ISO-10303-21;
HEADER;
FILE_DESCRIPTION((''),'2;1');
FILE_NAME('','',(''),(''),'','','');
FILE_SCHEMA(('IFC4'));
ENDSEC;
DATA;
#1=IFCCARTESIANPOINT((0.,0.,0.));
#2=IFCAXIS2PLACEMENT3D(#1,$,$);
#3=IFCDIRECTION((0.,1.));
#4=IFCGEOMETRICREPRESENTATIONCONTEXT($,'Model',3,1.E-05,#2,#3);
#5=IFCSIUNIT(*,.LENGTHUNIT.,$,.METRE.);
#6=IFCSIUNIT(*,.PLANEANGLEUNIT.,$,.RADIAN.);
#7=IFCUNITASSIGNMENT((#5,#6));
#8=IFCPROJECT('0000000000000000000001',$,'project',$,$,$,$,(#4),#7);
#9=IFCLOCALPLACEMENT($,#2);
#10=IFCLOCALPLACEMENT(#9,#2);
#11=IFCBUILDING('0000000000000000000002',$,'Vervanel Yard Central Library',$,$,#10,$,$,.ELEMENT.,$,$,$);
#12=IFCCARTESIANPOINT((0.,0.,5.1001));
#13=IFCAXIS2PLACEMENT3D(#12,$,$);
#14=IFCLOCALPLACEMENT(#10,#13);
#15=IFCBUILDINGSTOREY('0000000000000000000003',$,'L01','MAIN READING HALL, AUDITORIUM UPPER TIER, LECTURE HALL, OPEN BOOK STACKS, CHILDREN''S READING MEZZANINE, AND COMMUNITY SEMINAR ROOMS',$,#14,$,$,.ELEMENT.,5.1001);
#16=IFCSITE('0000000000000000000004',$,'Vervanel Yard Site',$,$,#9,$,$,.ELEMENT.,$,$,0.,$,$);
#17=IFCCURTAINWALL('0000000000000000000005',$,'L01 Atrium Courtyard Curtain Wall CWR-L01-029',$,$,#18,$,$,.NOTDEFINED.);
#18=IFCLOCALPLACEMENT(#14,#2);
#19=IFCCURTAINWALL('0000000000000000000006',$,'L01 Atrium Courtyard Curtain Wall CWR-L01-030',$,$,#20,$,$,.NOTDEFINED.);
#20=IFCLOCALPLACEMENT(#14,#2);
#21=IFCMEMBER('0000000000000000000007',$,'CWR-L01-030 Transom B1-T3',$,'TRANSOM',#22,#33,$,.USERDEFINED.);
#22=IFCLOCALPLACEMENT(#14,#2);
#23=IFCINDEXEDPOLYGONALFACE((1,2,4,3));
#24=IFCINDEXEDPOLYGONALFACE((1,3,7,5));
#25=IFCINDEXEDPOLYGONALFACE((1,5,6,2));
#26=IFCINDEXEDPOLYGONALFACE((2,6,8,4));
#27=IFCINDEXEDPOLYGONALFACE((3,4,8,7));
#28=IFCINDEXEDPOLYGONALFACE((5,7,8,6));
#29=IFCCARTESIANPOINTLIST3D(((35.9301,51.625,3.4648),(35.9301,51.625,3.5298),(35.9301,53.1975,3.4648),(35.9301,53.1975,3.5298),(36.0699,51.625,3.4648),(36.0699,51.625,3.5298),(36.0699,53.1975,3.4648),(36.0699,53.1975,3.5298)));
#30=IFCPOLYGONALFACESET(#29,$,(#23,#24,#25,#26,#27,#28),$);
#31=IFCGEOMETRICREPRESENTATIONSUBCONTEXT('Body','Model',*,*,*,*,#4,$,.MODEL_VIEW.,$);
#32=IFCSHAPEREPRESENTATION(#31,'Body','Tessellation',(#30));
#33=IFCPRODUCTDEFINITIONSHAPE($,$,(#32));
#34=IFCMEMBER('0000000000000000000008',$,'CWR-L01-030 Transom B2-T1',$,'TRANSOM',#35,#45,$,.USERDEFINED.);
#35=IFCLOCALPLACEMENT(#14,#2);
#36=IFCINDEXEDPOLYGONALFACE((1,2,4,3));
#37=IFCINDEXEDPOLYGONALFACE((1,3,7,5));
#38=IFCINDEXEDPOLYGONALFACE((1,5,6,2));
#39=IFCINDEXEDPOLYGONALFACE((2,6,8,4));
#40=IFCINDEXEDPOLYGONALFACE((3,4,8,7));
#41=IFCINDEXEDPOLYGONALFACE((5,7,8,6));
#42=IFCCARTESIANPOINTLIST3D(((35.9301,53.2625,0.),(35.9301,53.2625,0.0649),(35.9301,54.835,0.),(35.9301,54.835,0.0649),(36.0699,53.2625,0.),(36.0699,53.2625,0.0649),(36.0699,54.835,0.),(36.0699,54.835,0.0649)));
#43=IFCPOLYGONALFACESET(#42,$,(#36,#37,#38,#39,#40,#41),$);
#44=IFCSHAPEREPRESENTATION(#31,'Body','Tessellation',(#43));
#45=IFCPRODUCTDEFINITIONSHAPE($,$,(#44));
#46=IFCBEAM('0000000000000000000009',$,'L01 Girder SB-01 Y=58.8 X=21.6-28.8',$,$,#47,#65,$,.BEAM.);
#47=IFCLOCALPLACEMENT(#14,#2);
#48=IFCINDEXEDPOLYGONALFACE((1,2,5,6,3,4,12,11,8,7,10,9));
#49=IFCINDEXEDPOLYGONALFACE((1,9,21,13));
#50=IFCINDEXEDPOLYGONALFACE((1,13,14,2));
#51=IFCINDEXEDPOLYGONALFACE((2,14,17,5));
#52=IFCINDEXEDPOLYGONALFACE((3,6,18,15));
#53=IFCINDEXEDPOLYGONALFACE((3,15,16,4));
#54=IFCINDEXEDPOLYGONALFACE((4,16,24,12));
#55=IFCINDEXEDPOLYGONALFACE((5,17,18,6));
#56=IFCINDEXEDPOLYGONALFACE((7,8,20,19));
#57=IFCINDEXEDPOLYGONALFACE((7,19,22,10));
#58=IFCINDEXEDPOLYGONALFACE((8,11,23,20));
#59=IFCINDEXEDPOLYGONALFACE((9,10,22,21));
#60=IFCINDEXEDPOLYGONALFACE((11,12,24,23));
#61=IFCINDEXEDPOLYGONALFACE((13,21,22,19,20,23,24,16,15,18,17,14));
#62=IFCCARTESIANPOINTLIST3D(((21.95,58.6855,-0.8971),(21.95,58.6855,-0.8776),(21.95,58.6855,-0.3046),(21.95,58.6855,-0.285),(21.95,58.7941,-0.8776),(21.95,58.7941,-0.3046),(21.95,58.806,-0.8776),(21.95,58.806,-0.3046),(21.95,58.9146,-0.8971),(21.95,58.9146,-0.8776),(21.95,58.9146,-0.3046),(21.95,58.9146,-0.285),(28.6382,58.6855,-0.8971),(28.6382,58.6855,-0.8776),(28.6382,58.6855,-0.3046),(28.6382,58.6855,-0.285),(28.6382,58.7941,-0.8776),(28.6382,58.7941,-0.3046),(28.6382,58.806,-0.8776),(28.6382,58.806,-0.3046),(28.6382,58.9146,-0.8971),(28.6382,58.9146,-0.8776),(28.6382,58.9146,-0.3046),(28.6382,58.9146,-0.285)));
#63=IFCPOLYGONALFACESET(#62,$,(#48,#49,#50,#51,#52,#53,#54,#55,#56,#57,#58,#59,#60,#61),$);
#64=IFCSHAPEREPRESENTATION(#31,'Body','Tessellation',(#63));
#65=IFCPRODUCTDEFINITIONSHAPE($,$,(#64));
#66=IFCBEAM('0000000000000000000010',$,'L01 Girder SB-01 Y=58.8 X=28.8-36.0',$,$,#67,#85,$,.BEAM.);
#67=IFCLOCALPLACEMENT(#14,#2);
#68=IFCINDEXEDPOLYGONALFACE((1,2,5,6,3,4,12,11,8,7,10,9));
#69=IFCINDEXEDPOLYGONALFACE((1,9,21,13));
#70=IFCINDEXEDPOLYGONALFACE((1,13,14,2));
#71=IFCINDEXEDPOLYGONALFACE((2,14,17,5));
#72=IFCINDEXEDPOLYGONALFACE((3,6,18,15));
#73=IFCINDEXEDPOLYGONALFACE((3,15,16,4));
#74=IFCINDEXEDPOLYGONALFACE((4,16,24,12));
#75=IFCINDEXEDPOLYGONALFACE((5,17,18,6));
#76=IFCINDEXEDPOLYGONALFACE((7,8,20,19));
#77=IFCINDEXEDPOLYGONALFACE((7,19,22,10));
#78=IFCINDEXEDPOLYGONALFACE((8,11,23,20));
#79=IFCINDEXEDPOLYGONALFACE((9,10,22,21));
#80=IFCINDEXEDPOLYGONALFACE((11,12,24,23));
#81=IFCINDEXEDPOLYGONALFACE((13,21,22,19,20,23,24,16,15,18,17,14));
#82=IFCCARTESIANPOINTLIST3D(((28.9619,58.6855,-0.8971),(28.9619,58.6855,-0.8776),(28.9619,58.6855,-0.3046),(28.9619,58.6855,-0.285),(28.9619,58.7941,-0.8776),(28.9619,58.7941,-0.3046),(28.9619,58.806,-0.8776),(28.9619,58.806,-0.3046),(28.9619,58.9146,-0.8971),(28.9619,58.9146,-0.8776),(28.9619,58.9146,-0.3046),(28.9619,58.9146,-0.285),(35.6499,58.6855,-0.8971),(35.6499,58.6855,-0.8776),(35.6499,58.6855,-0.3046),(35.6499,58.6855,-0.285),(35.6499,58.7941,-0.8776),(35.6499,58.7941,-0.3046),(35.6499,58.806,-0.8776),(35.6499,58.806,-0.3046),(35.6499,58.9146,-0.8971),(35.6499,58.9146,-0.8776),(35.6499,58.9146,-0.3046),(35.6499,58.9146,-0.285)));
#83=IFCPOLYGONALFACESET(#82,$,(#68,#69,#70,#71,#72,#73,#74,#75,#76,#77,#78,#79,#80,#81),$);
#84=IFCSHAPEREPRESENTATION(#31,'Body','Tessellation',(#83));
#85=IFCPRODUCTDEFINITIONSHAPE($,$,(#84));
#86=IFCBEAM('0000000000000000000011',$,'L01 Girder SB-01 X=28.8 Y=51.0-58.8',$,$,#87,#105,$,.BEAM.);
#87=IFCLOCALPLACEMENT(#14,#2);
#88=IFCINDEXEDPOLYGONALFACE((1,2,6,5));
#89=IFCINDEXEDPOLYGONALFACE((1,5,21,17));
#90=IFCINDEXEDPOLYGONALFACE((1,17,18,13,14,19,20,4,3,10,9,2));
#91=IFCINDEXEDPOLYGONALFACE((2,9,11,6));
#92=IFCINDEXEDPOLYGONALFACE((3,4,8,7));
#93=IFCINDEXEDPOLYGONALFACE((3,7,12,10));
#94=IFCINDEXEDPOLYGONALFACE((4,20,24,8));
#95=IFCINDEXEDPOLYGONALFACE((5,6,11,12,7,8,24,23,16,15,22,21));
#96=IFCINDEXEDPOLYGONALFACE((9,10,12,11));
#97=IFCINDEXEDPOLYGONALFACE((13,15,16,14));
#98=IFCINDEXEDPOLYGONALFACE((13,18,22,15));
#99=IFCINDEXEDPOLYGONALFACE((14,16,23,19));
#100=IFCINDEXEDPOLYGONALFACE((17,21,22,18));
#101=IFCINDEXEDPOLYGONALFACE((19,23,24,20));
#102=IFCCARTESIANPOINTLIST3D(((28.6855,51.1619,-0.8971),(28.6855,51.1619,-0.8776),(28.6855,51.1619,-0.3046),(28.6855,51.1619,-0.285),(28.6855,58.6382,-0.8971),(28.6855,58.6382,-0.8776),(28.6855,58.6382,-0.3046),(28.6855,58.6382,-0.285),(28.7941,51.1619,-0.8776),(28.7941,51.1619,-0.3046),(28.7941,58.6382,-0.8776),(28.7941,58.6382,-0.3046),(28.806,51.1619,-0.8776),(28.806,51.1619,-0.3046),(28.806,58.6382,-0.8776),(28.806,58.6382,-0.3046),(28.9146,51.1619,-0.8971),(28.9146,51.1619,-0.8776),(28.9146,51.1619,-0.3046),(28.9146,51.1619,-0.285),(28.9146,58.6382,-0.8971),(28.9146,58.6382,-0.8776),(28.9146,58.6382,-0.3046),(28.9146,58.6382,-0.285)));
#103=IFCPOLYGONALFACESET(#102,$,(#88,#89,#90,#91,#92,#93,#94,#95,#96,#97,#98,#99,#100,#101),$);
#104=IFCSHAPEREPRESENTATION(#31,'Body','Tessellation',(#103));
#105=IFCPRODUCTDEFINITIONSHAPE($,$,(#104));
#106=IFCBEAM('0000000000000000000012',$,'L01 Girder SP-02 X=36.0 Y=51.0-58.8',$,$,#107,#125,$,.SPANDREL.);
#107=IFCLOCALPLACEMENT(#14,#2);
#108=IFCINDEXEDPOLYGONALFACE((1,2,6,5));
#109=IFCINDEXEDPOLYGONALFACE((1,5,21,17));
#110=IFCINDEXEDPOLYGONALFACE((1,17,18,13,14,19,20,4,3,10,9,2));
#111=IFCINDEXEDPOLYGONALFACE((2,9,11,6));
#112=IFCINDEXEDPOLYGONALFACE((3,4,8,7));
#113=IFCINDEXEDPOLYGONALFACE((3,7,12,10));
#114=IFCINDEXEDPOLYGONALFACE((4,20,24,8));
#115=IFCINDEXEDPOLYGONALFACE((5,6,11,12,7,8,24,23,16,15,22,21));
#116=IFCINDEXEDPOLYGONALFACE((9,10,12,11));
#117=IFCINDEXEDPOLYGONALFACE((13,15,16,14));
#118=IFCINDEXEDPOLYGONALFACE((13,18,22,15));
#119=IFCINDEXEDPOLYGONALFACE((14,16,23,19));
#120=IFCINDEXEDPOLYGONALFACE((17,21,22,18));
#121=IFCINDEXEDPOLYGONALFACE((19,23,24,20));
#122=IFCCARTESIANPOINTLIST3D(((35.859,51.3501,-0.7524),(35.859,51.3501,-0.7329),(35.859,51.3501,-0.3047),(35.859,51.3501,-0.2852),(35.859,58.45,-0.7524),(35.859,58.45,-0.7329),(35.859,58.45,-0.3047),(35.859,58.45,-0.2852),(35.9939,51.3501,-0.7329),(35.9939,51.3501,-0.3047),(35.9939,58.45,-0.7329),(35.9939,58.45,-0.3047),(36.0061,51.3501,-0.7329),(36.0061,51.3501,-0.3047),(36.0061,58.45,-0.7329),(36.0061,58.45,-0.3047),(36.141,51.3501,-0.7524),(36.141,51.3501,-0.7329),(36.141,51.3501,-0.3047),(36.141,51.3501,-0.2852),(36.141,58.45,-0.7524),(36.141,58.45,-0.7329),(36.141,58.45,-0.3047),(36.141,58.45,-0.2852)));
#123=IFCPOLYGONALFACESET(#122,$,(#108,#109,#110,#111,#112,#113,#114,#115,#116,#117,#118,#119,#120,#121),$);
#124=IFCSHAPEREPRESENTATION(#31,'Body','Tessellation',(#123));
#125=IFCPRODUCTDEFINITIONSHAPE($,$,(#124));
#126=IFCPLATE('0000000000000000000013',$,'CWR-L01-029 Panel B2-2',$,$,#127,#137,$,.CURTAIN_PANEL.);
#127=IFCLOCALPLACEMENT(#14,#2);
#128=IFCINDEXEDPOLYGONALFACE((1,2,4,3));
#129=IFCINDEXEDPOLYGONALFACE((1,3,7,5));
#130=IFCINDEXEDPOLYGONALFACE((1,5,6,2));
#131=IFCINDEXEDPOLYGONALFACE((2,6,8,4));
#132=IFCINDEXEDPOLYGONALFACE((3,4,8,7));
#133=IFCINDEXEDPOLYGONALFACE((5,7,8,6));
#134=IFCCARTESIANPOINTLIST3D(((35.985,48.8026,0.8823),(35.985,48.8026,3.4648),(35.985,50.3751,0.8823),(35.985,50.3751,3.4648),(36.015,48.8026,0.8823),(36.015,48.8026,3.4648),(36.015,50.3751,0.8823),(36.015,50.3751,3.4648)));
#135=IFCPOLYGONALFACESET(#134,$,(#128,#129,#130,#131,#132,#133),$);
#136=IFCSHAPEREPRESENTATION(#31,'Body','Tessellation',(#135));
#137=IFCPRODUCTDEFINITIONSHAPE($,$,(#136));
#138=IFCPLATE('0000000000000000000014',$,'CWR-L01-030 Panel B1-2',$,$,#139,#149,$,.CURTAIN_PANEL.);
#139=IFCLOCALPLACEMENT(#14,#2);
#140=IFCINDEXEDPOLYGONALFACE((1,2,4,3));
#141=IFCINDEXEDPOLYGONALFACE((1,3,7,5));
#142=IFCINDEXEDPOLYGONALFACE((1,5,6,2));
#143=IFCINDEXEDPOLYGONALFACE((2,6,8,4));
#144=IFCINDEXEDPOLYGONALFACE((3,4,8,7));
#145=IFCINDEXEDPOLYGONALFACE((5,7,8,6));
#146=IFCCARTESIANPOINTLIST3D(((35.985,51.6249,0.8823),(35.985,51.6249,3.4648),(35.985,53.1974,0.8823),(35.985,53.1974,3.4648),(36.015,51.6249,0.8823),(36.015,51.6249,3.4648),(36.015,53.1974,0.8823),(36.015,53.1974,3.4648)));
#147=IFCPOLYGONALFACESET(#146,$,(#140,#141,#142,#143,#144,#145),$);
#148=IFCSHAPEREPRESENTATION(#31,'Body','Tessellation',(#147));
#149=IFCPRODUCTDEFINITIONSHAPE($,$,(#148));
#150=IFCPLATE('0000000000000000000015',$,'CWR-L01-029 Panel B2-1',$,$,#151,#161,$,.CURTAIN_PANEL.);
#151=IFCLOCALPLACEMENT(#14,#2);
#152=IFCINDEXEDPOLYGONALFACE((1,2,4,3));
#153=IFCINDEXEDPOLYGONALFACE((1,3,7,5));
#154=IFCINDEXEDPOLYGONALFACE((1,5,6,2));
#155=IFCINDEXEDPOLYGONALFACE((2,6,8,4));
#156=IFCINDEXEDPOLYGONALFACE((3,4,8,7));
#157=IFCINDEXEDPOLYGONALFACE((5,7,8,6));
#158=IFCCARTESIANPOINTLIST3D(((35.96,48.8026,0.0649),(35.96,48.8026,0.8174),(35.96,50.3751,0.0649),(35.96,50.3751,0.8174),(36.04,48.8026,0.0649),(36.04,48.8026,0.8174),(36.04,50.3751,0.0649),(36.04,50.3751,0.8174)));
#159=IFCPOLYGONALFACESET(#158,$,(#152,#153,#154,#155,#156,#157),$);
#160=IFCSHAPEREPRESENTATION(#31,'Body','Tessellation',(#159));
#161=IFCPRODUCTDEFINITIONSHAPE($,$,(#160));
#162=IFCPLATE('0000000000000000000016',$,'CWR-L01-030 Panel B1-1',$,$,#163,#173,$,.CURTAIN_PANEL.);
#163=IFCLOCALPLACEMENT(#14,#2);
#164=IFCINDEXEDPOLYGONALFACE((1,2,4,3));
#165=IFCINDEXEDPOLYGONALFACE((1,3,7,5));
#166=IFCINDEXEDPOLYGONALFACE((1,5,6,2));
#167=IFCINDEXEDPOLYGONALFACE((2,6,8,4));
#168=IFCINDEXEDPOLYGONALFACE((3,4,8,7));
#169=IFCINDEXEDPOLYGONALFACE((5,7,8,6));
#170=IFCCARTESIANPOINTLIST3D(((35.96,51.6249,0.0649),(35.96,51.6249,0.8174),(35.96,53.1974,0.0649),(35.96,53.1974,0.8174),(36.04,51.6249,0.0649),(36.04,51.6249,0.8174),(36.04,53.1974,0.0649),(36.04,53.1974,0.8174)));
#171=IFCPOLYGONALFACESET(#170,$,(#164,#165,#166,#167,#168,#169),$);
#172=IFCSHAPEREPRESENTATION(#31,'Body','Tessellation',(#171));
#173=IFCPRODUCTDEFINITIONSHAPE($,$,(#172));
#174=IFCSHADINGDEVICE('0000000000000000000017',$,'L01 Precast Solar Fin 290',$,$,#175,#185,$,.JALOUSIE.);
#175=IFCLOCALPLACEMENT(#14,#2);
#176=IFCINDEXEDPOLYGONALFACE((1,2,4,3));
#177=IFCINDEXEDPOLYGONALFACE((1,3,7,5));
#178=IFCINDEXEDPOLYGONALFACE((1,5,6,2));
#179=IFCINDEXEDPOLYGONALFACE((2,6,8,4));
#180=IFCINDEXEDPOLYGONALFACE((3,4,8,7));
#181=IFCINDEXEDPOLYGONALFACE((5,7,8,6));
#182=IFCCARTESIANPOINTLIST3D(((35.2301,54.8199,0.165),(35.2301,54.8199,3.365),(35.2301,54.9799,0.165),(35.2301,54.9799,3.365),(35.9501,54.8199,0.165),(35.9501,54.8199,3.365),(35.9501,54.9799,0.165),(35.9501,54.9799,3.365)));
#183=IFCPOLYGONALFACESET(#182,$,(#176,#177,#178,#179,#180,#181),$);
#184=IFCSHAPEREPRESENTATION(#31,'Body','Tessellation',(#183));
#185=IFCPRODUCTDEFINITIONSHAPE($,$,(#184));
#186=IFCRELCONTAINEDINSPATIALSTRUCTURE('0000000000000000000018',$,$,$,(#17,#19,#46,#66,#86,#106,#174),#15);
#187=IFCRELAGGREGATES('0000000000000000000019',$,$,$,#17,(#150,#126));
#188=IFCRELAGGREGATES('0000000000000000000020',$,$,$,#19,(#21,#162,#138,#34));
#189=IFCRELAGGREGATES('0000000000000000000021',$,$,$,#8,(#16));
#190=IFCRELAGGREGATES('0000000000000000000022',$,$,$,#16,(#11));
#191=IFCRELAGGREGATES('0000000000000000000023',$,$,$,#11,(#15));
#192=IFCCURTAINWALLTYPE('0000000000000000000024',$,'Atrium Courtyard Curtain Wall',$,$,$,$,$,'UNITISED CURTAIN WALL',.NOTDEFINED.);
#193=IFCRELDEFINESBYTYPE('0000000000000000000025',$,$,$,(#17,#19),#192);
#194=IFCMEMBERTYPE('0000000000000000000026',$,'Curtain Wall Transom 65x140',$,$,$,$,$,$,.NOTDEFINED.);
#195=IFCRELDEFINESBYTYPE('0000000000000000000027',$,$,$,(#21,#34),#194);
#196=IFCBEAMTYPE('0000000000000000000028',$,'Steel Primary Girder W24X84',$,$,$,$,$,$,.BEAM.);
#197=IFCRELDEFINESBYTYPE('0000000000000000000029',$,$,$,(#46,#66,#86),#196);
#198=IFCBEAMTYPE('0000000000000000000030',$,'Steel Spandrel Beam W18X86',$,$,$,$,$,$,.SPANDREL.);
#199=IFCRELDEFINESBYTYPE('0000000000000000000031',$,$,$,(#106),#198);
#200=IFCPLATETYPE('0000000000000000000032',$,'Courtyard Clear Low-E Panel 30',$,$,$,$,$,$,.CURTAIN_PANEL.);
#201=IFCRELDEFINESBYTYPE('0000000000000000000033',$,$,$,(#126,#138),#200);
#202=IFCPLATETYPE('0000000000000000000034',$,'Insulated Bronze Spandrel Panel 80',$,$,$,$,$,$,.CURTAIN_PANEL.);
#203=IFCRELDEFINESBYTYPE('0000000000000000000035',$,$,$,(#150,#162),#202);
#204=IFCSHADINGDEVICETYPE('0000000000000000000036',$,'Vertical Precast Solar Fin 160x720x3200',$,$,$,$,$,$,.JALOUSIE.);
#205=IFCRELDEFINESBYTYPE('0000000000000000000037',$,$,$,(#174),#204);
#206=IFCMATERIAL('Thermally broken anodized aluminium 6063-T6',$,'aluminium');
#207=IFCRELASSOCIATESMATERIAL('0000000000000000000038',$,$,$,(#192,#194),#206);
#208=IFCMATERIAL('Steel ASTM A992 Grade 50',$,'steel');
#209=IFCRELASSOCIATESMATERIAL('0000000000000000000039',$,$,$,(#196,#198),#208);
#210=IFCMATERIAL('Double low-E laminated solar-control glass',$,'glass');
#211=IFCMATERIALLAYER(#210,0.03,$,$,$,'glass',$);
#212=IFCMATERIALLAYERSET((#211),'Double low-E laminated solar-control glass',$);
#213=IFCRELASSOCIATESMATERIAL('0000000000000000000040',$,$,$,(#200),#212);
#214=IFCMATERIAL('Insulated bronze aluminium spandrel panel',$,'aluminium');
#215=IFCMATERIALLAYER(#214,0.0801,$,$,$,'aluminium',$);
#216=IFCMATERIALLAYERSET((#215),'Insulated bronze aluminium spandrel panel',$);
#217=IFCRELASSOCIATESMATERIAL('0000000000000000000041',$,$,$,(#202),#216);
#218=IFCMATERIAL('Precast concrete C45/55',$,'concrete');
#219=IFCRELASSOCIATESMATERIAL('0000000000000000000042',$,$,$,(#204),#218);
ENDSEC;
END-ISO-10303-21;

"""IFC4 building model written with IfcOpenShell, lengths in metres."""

from ifc_helpers import new_model, si_unit, direction, frame, origin, origin_2d, place, context, subcontext, project, spatial, rectangle, i_section, extrude, material, layer, layer_set, material_profile, profile_set, type_object, element, aggregate, save


model = new_model("IFC4")

# Units and contexts
model_context = context("Model", 3, precision=1e-05, world=origin(), true_north=direction((0.0, 1.0)))
body_context = subcontext(model_context, "Body", "Model", "MODEL_VIEW")
ifc_project = project(units=[si_unit("LENGTHUNIT", "METRE"), si_unit("PLANEANGLEUNIT", "RADIAN")], contexts=[model_context])

# Site, building, storey
site_placement = place(None, origin())
site = spatial("IfcSite", under=ifc_project, at=site_placement, Name="Vervanel Yard Site", CompositionType="ELEMENT", RefElevation=0.0)
building_placement = place(site_placement, origin())
building = spatial("IfcBuilding", under=site, at=building_placement, Name="Vervanel Yard Central Library", CompositionType="ELEMENT")
storey_placement = place(building_placement, frame((0.0, 0.0, 5.1001)))
storey = spatial("IfcBuildingStorey", under=building, at=storey_placement, Name="L01", Description="MAIN READING HALL, AUDITORIUM UPPER TIER, LECTURE HALL, OPEN BOOK STACKS, CHILDREN'S READING MEZZANINE, AND COMMUNITY SEMINAR ROOMS", CompositionType="ELEMENT", Elevation=5.1001)

# Curtain wall
ifc_material_1 = material(Name="Thermally broken anodized aluminium 6063-T6", Category="aluminium")
curtain_wall_type = type_object("IfcCurtainWallType", Name="Atrium Courtyard Curtain Wall", ElementType="UNITISED CURTAIN WALL", PredefinedType="NOTDEFINED", material=ifc_material_1)
curtain_wall_1_placement = place(storey_placement, origin())
curtain_wall_1 = element("IfcCurtainWall", 1, at=curtain_wall_1_placement, inside=storey, type_object=curtain_wall_type, Name="L01 Atrium Courtyard Curtain Wall CWR-L01-029", PredefinedType="NOTDEFINED")

# Curtain wall, members
curtain_wall_2_placement = place(storey_placement, origin())
curtain_wall_2 = element("IfcCurtainWall", 2, at=curtain_wall_2_placement, inside=storey, type_object=curtain_wall_type, Name="L01 Atrium Courtyard Curtain Wall CWR-L01-030", PredefinedType="NOTDEFINED")
ifc_material_profile_1 = material_profile(ifc_material_1, rectangle(XDim=0.0649, YDim=0.1399, at=origin_2d()), Name="ALU 65x140", Category="aluminium")
ifc_profile_set_1 = profile_set([ifc_material_profile_1], Name="Thermally broken anodized aluminium 6063-T6")
member_type_1 = type_object("IfcMemberType", Name="Curtain Wall Transom 65x140", PredefinedType="NOTDEFINED", material=ifc_profile_set_1)
member_1_placement = place(storey_placement, frame((36.0, 51.625, 3.4973), z_axis=(0.0, 1.0, 0.0), x_axis=(0.0, 0.0, 1.0)))
member_1 = element("IfcMember", 3, at=member_1_placement, type_object=member_type_1, Name="CWR-L01-030 Transom B1-T3", ObjectType="TRANSOM", PredefinedType="USERDEFINED", context=body_context, shape_type="SweptSolid", body=[
    extrude(rectangle(XDim=0.0649, YDim=0.1399, at=origin_2d()), origin(), (0.0, 0.0, 1.0), 1.5725),
])
member_2_placement = place(storey_placement, frame((36.0, 53.2625, 0.0325), z_axis=(0.0, 1.0, 0.0), x_axis=(0.0, 0.0, 1.0)))
member_2 = element("IfcMember", 4, at=member_2_placement, type_object=member_type_1, Name="CWR-L01-030 Transom B2-T1", ObjectType="TRANSOM", PredefinedType="USERDEFINED", context=body_context, shape_type="SweptSolid", body=[
    extrude(rectangle(XDim=0.0649, YDim=0.1399, at=origin_2d()), origin(), (0.0, 0.0, 1.0), 1.5725),
])

# Beams
ifc_material_2 = material(Name="Steel ASTM A992 Grade 50", Category="steel")
ifc_material_profile_2 = material_profile(ifc_material_2, i_section(OverallWidth=0.229, OverallDepth=0.6121, WebThickness=0.012, FlangeThickness=0.0195, at=origin_2d()), Name="W24X84", Category="steel")
ifc_profile_set_2 = profile_set([ifc_material_profile_2], Name="Steel ASTM A992 Grade 50")
beam_type_1 = type_object("IfcBeamType", Name="Steel Primary Girder W24X84", PredefinedType="BEAM", material=ifc_profile_set_2)
beam_1_placement = place(storey_placement, frame((21.95, 58.8, -0.5911), z_axis=(1.0, 0.0, 0.0), x_axis=(0.0, 1.0, 0.0)))
element("IfcBeam", 5, at=beam_1_placement, inside=storey, type_object=beam_type_1, Name="L01 Girder SB-01 Y=58.8 X=21.6-28.8", PredefinedType="BEAM", context=body_context, shape_type="SweptSolid", body=[
    extrude(i_section(OverallWidth=0.229, OverallDepth=0.6121, WebThickness=0.012, FlangeThickness=0.0195, at=origin_2d()), origin(), (0.0, 0.0, 1.0), 6.6882),
])
beam_2_placement = place(storey_placement, frame((28.9619, 58.8, -0.5911), z_axis=(1.0, 0.0, 0.0), x_axis=(0.0, 1.0, 0.0)))
element("IfcBeam", 6, at=beam_2_placement, inside=storey, type_object=beam_type_1, Name="L01 Girder SB-01 Y=58.8 X=28.8-36.0", PredefinedType="BEAM", context=body_context, shape_type="SweptSolid", body=[
    extrude(i_section(OverallWidth=0.229, OverallDepth=0.6121, WebThickness=0.012, FlangeThickness=0.0195, at=origin_2d()), origin(), (0.0, 0.0, 1.0), 6.688),
])
beam_3_placement = place(storey_placement, frame((28.8, 51.1619, -0.5911), z_axis=(0.0, 1.0, 0.0), x_axis=(-1.0, 0.0, 0.0)))
element("IfcBeam", 7, at=beam_3_placement, inside=storey, type_object=beam_type_1, Name="L01 Girder SB-01 X=28.8 Y=51.0-58.8", PredefinedType="BEAM", context=body_context, shape_type="SweptSolid", body=[
    extrude(i_section(OverallWidth=0.229, OverallDepth=0.6121, WebThickness=0.012, FlangeThickness=0.0195, at=origin_2d()), origin(), (0.0, 0.0, 1.0), 7.4763),
])
ifc_material_profile_3 = material_profile(ifc_material_2, i_section(OverallWidth=0.282, OverallDepth=0.4673, WebThickness=0.0122, FlangeThickness=0.0195, at=origin_2d()), Name="W18X86", Category="steel")
ifc_profile_set_3 = profile_set([ifc_material_profile_3], Name="Steel ASTM A992 Grade 50")
beam_type_2 = type_object("IfcBeamType", Name="Steel Spandrel Beam W18X86", PredefinedType="SPANDREL", material=ifc_profile_set_3)
beam_4_placement = place(storey_placement, frame((36.0, 51.3501, -0.5188), z_axis=(0.0, 1.0, 0.0), x_axis=(-1.0, 0.0, 0.0)))
element("IfcBeam", 8, at=beam_4_placement, inside=storey, type_object=beam_type_2, Name="L01 Girder SP-02 X=36.0 Y=51.0-58.8", PredefinedType="SPANDREL", context=body_context, shape_type="SweptSolid", body=[
    extrude(i_section(OverallWidth=0.282, OverallDepth=0.4673, WebThickness=0.0122, FlangeThickness=0.0195, at=origin_2d()), origin(), (0.0, 0.0, 1.0), 7.0999),
])

# Plates
ifc_material_3 = material(Name="Double low-E laminated solar-control glass", Category="glass")
ifc_layer_1 = layer(ifc_material_3, 0.03, Category="glass")
ifc_layer_set_1 = layer_set([ifc_layer_1], Name="Double low-E laminated solar-control glass")
plate_type_1 = type_object("IfcPlateType", Name="Courtyard Clear Low-E Panel 30", PredefinedType="CURTAIN_PANEL", material=ifc_layer_set_1)
plate_1_placement = place(storey_placement, frame((36.0, 49.5889, 0.8823), z_axis=(0.0, 0.0, 1.0), x_axis=(0.0, 1.0, 0.0)))
plate_1 = element("IfcPlate", 9, at=plate_1_placement, type_object=plate_type_1, Name="CWR-L01-029 Panel B2-2", PredefinedType="CURTAIN_PANEL", context=body_context, shape_type="SweptSolid", body=[
    extrude(rectangle(XDim=1.5725, YDim=0.03, at=origin_2d()), origin(), (0.0, 0.0, 1.0), 2.5825),
])
plate_2_placement = place(storey_placement, frame((36.0, 52.4111, 0.8823), z_axis=(0.0, 0.0, 1.0), x_axis=(0.0, 1.0, 0.0)))
plate_2 = element("IfcPlate", 10, at=plate_2_placement, type_object=plate_type_1, Name="CWR-L01-030 Panel B1-2", PredefinedType="CURTAIN_PANEL", context=body_context, shape_type="SweptSolid", body=[
    extrude(rectangle(XDim=1.5725, YDim=0.03, at=origin_2d()), origin(), (0.0, 0.0, 1.0), 2.5825),
])
ifc_material_4 = material(Name="Insulated bronze aluminium spandrel panel", Category="aluminium")
ifc_layer_2 = layer(ifc_material_4, 0.0801, Category="aluminium")
ifc_layer_set_2 = layer_set([ifc_layer_2], Name="Insulated bronze aluminium spandrel panel")
plate_type_2 = type_object("IfcPlateType", Name="Insulated Bronze Spandrel Panel 80", PredefinedType="CURTAIN_PANEL", material=ifc_layer_set_2)
plate_3_placement = place(storey_placement, frame((36.0, 49.5889, 0.0649), z_axis=(0.0, 0.0, 1.0), x_axis=(0.0, 1.0, 0.0)))
plate_3 = element("IfcPlate", 11, at=plate_3_placement, type_object=plate_type_2, Name="CWR-L01-029 Panel B2-1", PredefinedType="CURTAIN_PANEL", context=body_context, shape_type="SweptSolid", body=[
    extrude(rectangle(XDim=1.5725, YDim=0.0801, at=origin_2d()), origin(), (0.0, 0.0, 1.0), 0.7524),
])
aggregate(curtain_wall_1, [plate_3, plate_1])
plate_4_placement = place(storey_placement, frame((36.0, 52.4111, 0.0649), z_axis=(0.0, 0.0, 1.0), x_axis=(0.0, 1.0, 0.0)))
plate_4 = element("IfcPlate", 12, at=plate_4_placement, type_object=plate_type_2, Name="CWR-L01-030 Panel B1-1", PredefinedType="CURTAIN_PANEL", context=body_context, shape_type="SweptSolid", body=[
    extrude(rectangle(XDim=1.5725, YDim=0.0801, at=origin_2d()), origin(), (0.0, 0.0, 1.0), 0.7524),
])
aggregate(curtain_wall_2, [member_1, plate_4, plate_2, member_2])

# Shading device
ifc_material_5 = material(Name="Precast concrete C45/55", Category="concrete")
shading_device_type = type_object("IfcShadingDeviceType", Name="Vertical Precast Solar Fin 160x720x3200", PredefinedType="JALOUSIE", material=ifc_material_5)
shading_device_placement = place(storey_placement, frame((35.5901, 54.8999, 0.165), z_axis=(0.0, 0.0, 1.0), x_axis=(0.0, 1.0, 0.0)))
element("IfcShadingDevice", 13, at=shading_device_placement, inside=storey, type_object=shading_device_type, Name="L01 Precast Solar Fin 290", PredefinedType="JALOUSIE", context=body_context, shape_type="SweptSolid", body=[
    extrude(rectangle(XDim=0.1599, YDim=0.72, at=origin_2d()), origin(), (0.0, 0.0, 1.0), 3.2),
])

save(model, "model.ifc")
